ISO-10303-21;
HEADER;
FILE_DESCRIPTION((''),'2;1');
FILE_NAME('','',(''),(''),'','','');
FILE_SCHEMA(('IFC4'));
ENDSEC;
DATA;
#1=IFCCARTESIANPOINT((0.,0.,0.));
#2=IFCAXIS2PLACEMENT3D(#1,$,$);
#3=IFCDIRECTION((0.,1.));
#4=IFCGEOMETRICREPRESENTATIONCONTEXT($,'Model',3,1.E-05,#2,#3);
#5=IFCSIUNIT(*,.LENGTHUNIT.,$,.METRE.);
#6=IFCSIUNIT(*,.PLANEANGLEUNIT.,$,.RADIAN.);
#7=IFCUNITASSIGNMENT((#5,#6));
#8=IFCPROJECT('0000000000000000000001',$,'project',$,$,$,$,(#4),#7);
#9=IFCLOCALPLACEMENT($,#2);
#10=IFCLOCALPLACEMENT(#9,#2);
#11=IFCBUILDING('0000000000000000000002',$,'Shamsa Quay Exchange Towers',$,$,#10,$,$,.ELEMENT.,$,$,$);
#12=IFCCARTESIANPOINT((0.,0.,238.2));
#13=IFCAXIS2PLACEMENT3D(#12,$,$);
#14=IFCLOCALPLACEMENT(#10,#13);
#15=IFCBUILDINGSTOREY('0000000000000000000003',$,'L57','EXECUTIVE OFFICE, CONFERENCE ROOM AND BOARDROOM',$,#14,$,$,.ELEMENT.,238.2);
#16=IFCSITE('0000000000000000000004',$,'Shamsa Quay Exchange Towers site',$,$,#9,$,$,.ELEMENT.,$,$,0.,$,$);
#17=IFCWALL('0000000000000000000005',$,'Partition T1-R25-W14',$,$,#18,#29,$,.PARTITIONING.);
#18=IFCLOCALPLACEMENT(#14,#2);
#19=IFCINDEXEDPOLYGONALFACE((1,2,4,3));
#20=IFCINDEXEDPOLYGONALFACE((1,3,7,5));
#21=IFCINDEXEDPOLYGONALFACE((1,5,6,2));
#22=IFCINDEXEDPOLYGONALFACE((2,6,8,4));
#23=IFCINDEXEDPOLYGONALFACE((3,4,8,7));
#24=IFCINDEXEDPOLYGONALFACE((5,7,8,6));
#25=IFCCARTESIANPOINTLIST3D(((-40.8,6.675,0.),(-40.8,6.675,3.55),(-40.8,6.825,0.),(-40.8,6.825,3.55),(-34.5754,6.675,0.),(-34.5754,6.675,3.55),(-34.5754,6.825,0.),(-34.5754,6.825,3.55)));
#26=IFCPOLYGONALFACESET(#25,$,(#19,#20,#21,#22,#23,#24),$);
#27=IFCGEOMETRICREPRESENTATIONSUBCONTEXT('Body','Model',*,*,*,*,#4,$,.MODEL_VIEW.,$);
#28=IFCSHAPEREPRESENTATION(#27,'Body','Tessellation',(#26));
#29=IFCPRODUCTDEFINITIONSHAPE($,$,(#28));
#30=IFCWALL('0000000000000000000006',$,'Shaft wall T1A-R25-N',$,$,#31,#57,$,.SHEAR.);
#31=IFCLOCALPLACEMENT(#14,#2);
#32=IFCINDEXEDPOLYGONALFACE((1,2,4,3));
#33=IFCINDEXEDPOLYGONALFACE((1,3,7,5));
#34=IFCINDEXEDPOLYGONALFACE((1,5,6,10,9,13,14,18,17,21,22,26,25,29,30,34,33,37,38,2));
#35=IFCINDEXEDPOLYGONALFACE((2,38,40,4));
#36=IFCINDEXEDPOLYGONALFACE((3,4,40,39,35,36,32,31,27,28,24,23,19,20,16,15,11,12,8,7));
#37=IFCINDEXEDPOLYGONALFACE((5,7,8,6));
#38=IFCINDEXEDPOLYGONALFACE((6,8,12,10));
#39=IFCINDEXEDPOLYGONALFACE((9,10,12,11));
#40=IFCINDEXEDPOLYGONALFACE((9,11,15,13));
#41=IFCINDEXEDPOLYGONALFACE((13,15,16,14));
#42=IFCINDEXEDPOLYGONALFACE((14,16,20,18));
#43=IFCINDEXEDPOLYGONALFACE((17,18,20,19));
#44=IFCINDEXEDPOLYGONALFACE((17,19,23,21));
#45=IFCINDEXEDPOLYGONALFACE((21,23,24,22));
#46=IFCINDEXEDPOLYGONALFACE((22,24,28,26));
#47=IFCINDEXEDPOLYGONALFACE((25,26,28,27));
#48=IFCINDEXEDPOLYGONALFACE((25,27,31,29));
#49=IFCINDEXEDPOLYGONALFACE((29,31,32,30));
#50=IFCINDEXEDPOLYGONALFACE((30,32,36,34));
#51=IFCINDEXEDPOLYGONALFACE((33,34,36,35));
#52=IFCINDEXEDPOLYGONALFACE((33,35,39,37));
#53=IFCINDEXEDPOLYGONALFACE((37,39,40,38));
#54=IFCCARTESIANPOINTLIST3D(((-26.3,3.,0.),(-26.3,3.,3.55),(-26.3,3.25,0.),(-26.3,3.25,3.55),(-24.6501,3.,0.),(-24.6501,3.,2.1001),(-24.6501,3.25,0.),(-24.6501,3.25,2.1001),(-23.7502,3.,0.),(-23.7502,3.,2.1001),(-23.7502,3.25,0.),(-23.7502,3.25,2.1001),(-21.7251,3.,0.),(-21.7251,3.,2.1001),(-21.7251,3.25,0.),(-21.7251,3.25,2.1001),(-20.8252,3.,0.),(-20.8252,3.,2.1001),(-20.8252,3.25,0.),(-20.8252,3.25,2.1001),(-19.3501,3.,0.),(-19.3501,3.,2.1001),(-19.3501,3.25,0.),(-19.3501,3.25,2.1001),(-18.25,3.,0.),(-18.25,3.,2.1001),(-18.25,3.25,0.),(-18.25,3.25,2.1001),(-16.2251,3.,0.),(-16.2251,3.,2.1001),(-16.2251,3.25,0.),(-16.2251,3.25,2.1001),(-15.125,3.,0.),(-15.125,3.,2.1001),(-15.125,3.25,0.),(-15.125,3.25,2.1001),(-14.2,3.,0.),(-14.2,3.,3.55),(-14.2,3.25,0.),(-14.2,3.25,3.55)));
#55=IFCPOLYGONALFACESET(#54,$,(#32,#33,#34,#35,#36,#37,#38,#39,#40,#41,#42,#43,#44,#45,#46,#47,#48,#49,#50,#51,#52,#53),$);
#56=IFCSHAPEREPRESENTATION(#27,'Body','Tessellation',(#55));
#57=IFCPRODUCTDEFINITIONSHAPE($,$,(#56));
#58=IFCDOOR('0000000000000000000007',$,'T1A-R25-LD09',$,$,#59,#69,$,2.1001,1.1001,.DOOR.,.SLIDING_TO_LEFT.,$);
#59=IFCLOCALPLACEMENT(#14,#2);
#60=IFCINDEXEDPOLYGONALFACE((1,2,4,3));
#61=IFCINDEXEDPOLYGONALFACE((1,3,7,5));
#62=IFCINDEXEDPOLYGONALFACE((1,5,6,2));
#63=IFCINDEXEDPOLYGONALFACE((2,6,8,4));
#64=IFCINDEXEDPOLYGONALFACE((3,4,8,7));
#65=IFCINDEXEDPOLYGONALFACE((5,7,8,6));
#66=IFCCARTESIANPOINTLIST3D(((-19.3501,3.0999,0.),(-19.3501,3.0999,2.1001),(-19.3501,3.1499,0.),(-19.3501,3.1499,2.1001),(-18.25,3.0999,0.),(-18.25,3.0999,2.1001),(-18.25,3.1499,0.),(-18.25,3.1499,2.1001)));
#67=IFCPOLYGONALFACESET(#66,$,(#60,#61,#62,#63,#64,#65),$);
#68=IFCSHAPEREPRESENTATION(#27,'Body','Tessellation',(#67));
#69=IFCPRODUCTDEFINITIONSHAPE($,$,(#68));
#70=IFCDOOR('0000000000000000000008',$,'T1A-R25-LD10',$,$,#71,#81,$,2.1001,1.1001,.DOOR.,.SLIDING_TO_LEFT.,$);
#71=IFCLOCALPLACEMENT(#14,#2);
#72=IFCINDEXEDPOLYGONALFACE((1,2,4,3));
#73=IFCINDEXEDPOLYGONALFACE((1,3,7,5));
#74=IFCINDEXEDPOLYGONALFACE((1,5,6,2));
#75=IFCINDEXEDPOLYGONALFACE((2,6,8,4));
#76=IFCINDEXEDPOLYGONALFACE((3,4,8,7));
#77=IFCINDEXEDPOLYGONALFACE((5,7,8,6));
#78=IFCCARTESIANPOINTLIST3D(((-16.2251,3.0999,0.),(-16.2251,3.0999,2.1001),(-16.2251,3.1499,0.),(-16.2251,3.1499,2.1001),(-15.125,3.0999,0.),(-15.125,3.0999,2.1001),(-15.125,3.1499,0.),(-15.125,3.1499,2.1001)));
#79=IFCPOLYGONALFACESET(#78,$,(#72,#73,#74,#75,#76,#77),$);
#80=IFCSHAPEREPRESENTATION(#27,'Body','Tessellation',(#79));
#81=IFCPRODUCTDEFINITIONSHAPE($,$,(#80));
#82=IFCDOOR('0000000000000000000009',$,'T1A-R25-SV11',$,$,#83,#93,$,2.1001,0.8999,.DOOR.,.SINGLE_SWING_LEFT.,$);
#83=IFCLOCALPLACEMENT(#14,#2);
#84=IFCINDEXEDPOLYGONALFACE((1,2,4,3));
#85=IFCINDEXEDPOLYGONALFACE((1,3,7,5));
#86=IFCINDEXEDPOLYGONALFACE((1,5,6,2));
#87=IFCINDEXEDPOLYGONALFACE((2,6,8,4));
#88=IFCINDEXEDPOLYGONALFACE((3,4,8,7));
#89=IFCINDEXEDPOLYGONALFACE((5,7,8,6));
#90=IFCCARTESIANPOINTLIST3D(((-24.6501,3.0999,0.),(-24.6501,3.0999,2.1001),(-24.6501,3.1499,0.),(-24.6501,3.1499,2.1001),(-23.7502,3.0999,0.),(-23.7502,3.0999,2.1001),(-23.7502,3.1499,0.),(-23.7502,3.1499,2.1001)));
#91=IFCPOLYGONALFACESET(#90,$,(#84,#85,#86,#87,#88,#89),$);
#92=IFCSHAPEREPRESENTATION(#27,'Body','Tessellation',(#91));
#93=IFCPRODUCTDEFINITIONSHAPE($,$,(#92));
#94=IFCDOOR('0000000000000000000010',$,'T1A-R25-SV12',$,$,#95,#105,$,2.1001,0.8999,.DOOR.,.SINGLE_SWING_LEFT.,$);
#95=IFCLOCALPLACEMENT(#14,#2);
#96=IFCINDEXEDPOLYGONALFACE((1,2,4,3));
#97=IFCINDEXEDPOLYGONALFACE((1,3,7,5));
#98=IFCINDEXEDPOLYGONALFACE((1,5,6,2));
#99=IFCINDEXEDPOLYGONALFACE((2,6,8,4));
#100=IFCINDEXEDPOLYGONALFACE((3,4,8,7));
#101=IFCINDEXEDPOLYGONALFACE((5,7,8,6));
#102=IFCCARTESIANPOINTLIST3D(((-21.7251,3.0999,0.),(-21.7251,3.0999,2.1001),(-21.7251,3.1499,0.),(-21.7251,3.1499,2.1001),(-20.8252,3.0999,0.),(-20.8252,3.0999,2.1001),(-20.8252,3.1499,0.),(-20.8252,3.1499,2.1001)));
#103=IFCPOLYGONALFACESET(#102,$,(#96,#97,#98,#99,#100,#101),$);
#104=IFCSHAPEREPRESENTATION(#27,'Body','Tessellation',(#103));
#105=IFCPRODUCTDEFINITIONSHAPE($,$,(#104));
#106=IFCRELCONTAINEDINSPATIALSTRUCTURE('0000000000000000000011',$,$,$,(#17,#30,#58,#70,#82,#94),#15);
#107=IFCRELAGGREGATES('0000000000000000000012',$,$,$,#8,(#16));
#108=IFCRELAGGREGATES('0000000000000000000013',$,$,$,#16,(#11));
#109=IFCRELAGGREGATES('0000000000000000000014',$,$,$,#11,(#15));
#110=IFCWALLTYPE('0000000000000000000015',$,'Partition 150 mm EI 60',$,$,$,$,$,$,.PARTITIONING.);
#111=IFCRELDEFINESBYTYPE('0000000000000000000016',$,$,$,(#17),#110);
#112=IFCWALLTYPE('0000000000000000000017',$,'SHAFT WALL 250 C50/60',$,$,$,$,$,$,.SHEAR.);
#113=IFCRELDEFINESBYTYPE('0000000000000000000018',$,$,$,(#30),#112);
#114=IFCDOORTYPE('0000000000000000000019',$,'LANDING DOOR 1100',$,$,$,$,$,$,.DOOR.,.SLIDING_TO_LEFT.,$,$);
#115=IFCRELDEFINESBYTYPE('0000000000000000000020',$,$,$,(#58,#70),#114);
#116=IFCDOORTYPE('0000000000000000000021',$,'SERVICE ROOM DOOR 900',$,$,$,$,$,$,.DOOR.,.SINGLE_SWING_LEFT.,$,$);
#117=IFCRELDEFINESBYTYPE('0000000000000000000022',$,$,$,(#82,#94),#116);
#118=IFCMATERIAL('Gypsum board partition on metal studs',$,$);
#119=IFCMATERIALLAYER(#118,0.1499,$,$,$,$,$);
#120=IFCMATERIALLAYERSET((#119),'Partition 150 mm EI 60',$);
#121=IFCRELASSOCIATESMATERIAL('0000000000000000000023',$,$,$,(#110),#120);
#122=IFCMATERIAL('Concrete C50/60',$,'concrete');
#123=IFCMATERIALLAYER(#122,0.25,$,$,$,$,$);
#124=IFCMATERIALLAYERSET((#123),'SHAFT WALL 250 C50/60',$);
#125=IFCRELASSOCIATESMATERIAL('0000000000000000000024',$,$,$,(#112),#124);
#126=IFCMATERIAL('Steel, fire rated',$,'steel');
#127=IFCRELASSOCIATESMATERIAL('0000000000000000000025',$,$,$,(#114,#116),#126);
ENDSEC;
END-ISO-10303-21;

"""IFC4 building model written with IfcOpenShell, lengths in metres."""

from ifc_helpers import new_model, si_unit, direction, frame, frame_2d, origin, place, context, subcontext, project, spatial, rectangle, extrude, material, layer, layer_set, type_object, element, fill, save


model = new_model("IFC4")

# Units and contexts
model_context = context("Model", 3, precision=1e-05, world=origin(), true_north=direction((0.0, 1.0)))
body_context = subcontext(model_context, "Body", "Model", "MODEL_VIEW")
ifc_project = project(units=[si_unit("LENGTHUNIT", "METRE"), si_unit("PLANEANGLEUNIT", "RADIAN")], contexts=[model_context])

# Site, building, storey
site_placement = place(None, origin())
site = spatial("IfcSite", under=ifc_project, at=site_placement, Name="Shamsa Quay Exchange Towers site", CompositionType="ELEMENT", RefElevation=0.0)
building_placement = place(site_placement, origin())
building = spatial("IfcBuilding", under=site, at=building_placement, Name="Shamsa Quay Exchange Towers", CompositionType="ELEMENT")
storey_placement = place(building_placement, frame((0.0, 0.0, 238.2)))
storey = spatial("IfcBuildingStorey", under=building, at=storey_placement, Name="L57", Description="EXECUTIVE OFFICE, CONFERENCE ROOM AND BOARDROOM", CompositionType="ELEMENT", Elevation=238.2)

# Shared definitions
ifc_material_1 = material(Name="Steel, fire rated", Category="steel")
ifc_material_2 = material(Name="Gypsum board partition on metal studs")
ifc_layer_1 = layer(ifc_material_2, 0.1499)
ifc_layer_set_1 = layer_set([ifc_layer_1], Name="Partition 150 mm EI 60")
wall_type_1 = type_object("IfcWallType", Name="Partition 150 mm EI 60", PredefinedType="PARTITIONING", material=ifc_layer_set_1)

# Wall
wall_1_placement = place(storey_placement, frame((-34.5754, 6.75, 0.0), z_axis=(0.0, 0.0, 1.0), x_axis=(-1.0, 0.0, 0.0)))
element("IfcWall", 1, at=wall_1_placement, inside=storey, type_object=wall_type_1, Name="Partition T1-R25-W14", PredefinedType="PARTITIONING", context=body_context, shape_type="SweptSolid", body=[
    extrude(rectangle(XDim=6.2246, YDim=0.1499, at=frame_2d((3.1123, 0.0))), origin(), (0.0, 0.0, 1.0), 3.55),
])

# Wall, openings, doors
ifc_material_3 = material(Name="Concrete C50/60", Category="concrete")
ifc_layer_2 = layer(ifc_material_3, 0.25)
ifc_layer_set_2 = layer_set([ifc_layer_2], Name="SHAFT WALL 250 C50/60")
wall_type_2 = type_object("IfcWallType", Name="SHAFT WALL 250 C50/60", PredefinedType="SHEAR", material=ifc_layer_set_2)
wall_2_placement = place(storey_placement, frame((-26.3, 3.125, 0.0)))
wall_2 = element("IfcWall", 2, at=wall_2_placement, inside=storey, type_object=wall_type_2, Name="Shaft wall T1A-R25-N", PredefinedType="SHEAR", context=body_context, shape_type="SweptSolid", body=[
    extrude(rectangle(XDim=12.1001, YDim=0.25, at=frame_2d((6.05, 0.0))), origin(), (0.0, 0.0, 1.0), 3.55),
])
opening_1_placement = place(wall_2_placement, frame((6.95, 0.0, 0.0)))
opening_1 = element("IfcOpeningElement", 3, at=opening_1_placement, cuts=wall_2, PredefinedType="OPENING", context=body_context, shape_type="SweptSolid", body=[
    extrude(rectangle(XDim=1.1001, YDim=2.1001, at=frame_2d((0.55, 1.05))), frame((0.0, 0.135, 0.0), z_axis=(0.0, -1.0, 0.0), x_axis=(1.0, 0.0, 0.0)), (0.0, 0.0, 1.0), 0.27),
])
opening_2_placement = place(wall_2_placement, frame((10.075, 0.0, 0.0)))
opening_2 = element("IfcOpeningElement", 4, at=opening_2_placement, cuts=wall_2, PredefinedType="OPENING", context=body_context, shape_type="SweptSolid", body=[
    extrude(rectangle(XDim=1.1001, YDim=2.1001, at=frame_2d((0.55, 1.05))), frame((0.0, 0.135, 0.0), z_axis=(0.0, -1.0, 0.0), x_axis=(1.0, 0.0, 0.0)), (0.0, 0.0, 1.0), 0.27),
])
opening_3_placement = place(wall_2_placement, frame((1.6499, 0.0, 0.0)))
opening_3 = element("IfcOpeningElement", 5, at=opening_3_placement, cuts=wall_2, PredefinedType="OPENING", context=body_context, shape_type="SweptSolid", body=[
    extrude(rectangle(XDim=0.8999, YDim=2.1001, at=frame_2d((0.45, 1.05))), frame((0.0, 0.135, 0.0), z_axis=(0.0, -1.0, 0.0), x_axis=(1.0, 0.0, 0.0)), (0.0, 0.0, 1.0), 0.27),
])
opening_4_placement = place(wall_2_placement, frame((4.575, 0.0, 0.0)))
opening_4 = element("IfcOpeningElement", 6, at=opening_4_placement, cuts=wall_2, PredefinedType="OPENING", context=body_context, shape_type="SweptSolid", body=[
    extrude(rectangle(XDim=0.8999, YDim=2.1001, at=frame_2d((0.45, 1.05))), frame((0.0, 0.135, 0.0), z_axis=(0.0, -1.0, 0.0), x_axis=(1.0, 0.0, 0.0)), (0.0, 0.0, 1.0), 0.27),
])
door_type_1 = type_object("IfcDoorType", Name="LANDING DOOR 1100", OperationType="SLIDING_TO_LEFT", PredefinedType="DOOR", material=ifc_material_1)
door_1_placement = place(opening_1_placement, origin())
door_1 = element("IfcDoor", 7, at=door_1_placement, inside=storey, type_object=door_type_1, Name="T1A-R25-LD09", OperationType="SLIDING_TO_LEFT", OverallHeight=2.1001, OverallWidth=1.1001, PredefinedType="DOOR", context=body_context, shape_type="SweptSolid", body=[
    extrude(rectangle(XDim=1.1001, YDim=2.1001, at=frame_2d((0.55, 1.05))), frame((0.0, 0.0249, 0.0), z_axis=(0.0, -1.0, 0.0), x_axis=(1.0, 0.0, 0.0)), (0.0, 0.0, 1.0), 0.05),
])
fill(opening_1, door_1)
door_2_placement = place(opening_2_placement, origin())
door_2 = element("IfcDoor", 8, at=door_2_placement, inside=storey, type_object=door_type_1, Name="T1A-R25-LD10", OperationType="SLIDING_TO_LEFT", OverallHeight=2.1001, OverallWidth=1.1001, PredefinedType="DOOR", context=body_context, shape_type="SweptSolid", body=[
    extrude(rectangle(XDim=1.1001, YDim=2.1001, at=frame_2d((0.55, 1.05))), frame((0.0, 0.0249, 0.0), z_axis=(0.0, -1.0, 0.0), x_axis=(1.0, 0.0, 0.0)), (0.0, 0.0, 1.0), 0.05),
])
fill(opening_2, door_2)
door_type_2 = type_object("IfcDoorType", Name="SERVICE ROOM DOOR 900", OperationType="SINGLE_SWING_LEFT", PredefinedType="DOOR", material=ifc_material_1)
door_3_placement = place(opening_3_placement, origin())
door_3 = element("IfcDoor", 9, at=door_3_placement, inside=storey, type_object=door_type_2, Name="T1A-R25-SV11", OperationType="SINGLE_SWING_LEFT", OverallHeight=2.1001, OverallWidth=0.8999, PredefinedType="DOOR", context=body_context, shape_type="SweptSolid", body=[
    extrude(rectangle(XDim=0.8999, YDim=2.1001, at=frame_2d((0.45, 1.05))), frame((0.0, 0.0249, 0.0), z_axis=(0.0, -1.0, 0.0), x_axis=(1.0, 0.0, 0.0)), (0.0, 0.0, 1.0), 0.05),
])
fill(opening_3, door_3)
door_4_placement = place(opening_4_placement, origin())
door_4 = element("IfcDoor", 10, at=door_4_placement, inside=storey, type_object=door_type_2, Name="T1A-R25-SV12", OperationType="SINGLE_SWING_LEFT", OverallHeight=2.1001, OverallWidth=0.8999, PredefinedType="DOOR", context=body_context, shape_type="SweptSolid", body=[
    extrude(rectangle(XDim=0.8999, YDim=2.1001, at=frame_2d((0.45, 1.05))), frame((0.0, 0.0249, 0.0), z_axis=(0.0, -1.0, 0.0), x_axis=(1.0, 0.0, 0.0)), (0.0, 0.0, 1.0), 0.05),
])
fill(opening_4, door_4)

save(model, "model.ifc")
